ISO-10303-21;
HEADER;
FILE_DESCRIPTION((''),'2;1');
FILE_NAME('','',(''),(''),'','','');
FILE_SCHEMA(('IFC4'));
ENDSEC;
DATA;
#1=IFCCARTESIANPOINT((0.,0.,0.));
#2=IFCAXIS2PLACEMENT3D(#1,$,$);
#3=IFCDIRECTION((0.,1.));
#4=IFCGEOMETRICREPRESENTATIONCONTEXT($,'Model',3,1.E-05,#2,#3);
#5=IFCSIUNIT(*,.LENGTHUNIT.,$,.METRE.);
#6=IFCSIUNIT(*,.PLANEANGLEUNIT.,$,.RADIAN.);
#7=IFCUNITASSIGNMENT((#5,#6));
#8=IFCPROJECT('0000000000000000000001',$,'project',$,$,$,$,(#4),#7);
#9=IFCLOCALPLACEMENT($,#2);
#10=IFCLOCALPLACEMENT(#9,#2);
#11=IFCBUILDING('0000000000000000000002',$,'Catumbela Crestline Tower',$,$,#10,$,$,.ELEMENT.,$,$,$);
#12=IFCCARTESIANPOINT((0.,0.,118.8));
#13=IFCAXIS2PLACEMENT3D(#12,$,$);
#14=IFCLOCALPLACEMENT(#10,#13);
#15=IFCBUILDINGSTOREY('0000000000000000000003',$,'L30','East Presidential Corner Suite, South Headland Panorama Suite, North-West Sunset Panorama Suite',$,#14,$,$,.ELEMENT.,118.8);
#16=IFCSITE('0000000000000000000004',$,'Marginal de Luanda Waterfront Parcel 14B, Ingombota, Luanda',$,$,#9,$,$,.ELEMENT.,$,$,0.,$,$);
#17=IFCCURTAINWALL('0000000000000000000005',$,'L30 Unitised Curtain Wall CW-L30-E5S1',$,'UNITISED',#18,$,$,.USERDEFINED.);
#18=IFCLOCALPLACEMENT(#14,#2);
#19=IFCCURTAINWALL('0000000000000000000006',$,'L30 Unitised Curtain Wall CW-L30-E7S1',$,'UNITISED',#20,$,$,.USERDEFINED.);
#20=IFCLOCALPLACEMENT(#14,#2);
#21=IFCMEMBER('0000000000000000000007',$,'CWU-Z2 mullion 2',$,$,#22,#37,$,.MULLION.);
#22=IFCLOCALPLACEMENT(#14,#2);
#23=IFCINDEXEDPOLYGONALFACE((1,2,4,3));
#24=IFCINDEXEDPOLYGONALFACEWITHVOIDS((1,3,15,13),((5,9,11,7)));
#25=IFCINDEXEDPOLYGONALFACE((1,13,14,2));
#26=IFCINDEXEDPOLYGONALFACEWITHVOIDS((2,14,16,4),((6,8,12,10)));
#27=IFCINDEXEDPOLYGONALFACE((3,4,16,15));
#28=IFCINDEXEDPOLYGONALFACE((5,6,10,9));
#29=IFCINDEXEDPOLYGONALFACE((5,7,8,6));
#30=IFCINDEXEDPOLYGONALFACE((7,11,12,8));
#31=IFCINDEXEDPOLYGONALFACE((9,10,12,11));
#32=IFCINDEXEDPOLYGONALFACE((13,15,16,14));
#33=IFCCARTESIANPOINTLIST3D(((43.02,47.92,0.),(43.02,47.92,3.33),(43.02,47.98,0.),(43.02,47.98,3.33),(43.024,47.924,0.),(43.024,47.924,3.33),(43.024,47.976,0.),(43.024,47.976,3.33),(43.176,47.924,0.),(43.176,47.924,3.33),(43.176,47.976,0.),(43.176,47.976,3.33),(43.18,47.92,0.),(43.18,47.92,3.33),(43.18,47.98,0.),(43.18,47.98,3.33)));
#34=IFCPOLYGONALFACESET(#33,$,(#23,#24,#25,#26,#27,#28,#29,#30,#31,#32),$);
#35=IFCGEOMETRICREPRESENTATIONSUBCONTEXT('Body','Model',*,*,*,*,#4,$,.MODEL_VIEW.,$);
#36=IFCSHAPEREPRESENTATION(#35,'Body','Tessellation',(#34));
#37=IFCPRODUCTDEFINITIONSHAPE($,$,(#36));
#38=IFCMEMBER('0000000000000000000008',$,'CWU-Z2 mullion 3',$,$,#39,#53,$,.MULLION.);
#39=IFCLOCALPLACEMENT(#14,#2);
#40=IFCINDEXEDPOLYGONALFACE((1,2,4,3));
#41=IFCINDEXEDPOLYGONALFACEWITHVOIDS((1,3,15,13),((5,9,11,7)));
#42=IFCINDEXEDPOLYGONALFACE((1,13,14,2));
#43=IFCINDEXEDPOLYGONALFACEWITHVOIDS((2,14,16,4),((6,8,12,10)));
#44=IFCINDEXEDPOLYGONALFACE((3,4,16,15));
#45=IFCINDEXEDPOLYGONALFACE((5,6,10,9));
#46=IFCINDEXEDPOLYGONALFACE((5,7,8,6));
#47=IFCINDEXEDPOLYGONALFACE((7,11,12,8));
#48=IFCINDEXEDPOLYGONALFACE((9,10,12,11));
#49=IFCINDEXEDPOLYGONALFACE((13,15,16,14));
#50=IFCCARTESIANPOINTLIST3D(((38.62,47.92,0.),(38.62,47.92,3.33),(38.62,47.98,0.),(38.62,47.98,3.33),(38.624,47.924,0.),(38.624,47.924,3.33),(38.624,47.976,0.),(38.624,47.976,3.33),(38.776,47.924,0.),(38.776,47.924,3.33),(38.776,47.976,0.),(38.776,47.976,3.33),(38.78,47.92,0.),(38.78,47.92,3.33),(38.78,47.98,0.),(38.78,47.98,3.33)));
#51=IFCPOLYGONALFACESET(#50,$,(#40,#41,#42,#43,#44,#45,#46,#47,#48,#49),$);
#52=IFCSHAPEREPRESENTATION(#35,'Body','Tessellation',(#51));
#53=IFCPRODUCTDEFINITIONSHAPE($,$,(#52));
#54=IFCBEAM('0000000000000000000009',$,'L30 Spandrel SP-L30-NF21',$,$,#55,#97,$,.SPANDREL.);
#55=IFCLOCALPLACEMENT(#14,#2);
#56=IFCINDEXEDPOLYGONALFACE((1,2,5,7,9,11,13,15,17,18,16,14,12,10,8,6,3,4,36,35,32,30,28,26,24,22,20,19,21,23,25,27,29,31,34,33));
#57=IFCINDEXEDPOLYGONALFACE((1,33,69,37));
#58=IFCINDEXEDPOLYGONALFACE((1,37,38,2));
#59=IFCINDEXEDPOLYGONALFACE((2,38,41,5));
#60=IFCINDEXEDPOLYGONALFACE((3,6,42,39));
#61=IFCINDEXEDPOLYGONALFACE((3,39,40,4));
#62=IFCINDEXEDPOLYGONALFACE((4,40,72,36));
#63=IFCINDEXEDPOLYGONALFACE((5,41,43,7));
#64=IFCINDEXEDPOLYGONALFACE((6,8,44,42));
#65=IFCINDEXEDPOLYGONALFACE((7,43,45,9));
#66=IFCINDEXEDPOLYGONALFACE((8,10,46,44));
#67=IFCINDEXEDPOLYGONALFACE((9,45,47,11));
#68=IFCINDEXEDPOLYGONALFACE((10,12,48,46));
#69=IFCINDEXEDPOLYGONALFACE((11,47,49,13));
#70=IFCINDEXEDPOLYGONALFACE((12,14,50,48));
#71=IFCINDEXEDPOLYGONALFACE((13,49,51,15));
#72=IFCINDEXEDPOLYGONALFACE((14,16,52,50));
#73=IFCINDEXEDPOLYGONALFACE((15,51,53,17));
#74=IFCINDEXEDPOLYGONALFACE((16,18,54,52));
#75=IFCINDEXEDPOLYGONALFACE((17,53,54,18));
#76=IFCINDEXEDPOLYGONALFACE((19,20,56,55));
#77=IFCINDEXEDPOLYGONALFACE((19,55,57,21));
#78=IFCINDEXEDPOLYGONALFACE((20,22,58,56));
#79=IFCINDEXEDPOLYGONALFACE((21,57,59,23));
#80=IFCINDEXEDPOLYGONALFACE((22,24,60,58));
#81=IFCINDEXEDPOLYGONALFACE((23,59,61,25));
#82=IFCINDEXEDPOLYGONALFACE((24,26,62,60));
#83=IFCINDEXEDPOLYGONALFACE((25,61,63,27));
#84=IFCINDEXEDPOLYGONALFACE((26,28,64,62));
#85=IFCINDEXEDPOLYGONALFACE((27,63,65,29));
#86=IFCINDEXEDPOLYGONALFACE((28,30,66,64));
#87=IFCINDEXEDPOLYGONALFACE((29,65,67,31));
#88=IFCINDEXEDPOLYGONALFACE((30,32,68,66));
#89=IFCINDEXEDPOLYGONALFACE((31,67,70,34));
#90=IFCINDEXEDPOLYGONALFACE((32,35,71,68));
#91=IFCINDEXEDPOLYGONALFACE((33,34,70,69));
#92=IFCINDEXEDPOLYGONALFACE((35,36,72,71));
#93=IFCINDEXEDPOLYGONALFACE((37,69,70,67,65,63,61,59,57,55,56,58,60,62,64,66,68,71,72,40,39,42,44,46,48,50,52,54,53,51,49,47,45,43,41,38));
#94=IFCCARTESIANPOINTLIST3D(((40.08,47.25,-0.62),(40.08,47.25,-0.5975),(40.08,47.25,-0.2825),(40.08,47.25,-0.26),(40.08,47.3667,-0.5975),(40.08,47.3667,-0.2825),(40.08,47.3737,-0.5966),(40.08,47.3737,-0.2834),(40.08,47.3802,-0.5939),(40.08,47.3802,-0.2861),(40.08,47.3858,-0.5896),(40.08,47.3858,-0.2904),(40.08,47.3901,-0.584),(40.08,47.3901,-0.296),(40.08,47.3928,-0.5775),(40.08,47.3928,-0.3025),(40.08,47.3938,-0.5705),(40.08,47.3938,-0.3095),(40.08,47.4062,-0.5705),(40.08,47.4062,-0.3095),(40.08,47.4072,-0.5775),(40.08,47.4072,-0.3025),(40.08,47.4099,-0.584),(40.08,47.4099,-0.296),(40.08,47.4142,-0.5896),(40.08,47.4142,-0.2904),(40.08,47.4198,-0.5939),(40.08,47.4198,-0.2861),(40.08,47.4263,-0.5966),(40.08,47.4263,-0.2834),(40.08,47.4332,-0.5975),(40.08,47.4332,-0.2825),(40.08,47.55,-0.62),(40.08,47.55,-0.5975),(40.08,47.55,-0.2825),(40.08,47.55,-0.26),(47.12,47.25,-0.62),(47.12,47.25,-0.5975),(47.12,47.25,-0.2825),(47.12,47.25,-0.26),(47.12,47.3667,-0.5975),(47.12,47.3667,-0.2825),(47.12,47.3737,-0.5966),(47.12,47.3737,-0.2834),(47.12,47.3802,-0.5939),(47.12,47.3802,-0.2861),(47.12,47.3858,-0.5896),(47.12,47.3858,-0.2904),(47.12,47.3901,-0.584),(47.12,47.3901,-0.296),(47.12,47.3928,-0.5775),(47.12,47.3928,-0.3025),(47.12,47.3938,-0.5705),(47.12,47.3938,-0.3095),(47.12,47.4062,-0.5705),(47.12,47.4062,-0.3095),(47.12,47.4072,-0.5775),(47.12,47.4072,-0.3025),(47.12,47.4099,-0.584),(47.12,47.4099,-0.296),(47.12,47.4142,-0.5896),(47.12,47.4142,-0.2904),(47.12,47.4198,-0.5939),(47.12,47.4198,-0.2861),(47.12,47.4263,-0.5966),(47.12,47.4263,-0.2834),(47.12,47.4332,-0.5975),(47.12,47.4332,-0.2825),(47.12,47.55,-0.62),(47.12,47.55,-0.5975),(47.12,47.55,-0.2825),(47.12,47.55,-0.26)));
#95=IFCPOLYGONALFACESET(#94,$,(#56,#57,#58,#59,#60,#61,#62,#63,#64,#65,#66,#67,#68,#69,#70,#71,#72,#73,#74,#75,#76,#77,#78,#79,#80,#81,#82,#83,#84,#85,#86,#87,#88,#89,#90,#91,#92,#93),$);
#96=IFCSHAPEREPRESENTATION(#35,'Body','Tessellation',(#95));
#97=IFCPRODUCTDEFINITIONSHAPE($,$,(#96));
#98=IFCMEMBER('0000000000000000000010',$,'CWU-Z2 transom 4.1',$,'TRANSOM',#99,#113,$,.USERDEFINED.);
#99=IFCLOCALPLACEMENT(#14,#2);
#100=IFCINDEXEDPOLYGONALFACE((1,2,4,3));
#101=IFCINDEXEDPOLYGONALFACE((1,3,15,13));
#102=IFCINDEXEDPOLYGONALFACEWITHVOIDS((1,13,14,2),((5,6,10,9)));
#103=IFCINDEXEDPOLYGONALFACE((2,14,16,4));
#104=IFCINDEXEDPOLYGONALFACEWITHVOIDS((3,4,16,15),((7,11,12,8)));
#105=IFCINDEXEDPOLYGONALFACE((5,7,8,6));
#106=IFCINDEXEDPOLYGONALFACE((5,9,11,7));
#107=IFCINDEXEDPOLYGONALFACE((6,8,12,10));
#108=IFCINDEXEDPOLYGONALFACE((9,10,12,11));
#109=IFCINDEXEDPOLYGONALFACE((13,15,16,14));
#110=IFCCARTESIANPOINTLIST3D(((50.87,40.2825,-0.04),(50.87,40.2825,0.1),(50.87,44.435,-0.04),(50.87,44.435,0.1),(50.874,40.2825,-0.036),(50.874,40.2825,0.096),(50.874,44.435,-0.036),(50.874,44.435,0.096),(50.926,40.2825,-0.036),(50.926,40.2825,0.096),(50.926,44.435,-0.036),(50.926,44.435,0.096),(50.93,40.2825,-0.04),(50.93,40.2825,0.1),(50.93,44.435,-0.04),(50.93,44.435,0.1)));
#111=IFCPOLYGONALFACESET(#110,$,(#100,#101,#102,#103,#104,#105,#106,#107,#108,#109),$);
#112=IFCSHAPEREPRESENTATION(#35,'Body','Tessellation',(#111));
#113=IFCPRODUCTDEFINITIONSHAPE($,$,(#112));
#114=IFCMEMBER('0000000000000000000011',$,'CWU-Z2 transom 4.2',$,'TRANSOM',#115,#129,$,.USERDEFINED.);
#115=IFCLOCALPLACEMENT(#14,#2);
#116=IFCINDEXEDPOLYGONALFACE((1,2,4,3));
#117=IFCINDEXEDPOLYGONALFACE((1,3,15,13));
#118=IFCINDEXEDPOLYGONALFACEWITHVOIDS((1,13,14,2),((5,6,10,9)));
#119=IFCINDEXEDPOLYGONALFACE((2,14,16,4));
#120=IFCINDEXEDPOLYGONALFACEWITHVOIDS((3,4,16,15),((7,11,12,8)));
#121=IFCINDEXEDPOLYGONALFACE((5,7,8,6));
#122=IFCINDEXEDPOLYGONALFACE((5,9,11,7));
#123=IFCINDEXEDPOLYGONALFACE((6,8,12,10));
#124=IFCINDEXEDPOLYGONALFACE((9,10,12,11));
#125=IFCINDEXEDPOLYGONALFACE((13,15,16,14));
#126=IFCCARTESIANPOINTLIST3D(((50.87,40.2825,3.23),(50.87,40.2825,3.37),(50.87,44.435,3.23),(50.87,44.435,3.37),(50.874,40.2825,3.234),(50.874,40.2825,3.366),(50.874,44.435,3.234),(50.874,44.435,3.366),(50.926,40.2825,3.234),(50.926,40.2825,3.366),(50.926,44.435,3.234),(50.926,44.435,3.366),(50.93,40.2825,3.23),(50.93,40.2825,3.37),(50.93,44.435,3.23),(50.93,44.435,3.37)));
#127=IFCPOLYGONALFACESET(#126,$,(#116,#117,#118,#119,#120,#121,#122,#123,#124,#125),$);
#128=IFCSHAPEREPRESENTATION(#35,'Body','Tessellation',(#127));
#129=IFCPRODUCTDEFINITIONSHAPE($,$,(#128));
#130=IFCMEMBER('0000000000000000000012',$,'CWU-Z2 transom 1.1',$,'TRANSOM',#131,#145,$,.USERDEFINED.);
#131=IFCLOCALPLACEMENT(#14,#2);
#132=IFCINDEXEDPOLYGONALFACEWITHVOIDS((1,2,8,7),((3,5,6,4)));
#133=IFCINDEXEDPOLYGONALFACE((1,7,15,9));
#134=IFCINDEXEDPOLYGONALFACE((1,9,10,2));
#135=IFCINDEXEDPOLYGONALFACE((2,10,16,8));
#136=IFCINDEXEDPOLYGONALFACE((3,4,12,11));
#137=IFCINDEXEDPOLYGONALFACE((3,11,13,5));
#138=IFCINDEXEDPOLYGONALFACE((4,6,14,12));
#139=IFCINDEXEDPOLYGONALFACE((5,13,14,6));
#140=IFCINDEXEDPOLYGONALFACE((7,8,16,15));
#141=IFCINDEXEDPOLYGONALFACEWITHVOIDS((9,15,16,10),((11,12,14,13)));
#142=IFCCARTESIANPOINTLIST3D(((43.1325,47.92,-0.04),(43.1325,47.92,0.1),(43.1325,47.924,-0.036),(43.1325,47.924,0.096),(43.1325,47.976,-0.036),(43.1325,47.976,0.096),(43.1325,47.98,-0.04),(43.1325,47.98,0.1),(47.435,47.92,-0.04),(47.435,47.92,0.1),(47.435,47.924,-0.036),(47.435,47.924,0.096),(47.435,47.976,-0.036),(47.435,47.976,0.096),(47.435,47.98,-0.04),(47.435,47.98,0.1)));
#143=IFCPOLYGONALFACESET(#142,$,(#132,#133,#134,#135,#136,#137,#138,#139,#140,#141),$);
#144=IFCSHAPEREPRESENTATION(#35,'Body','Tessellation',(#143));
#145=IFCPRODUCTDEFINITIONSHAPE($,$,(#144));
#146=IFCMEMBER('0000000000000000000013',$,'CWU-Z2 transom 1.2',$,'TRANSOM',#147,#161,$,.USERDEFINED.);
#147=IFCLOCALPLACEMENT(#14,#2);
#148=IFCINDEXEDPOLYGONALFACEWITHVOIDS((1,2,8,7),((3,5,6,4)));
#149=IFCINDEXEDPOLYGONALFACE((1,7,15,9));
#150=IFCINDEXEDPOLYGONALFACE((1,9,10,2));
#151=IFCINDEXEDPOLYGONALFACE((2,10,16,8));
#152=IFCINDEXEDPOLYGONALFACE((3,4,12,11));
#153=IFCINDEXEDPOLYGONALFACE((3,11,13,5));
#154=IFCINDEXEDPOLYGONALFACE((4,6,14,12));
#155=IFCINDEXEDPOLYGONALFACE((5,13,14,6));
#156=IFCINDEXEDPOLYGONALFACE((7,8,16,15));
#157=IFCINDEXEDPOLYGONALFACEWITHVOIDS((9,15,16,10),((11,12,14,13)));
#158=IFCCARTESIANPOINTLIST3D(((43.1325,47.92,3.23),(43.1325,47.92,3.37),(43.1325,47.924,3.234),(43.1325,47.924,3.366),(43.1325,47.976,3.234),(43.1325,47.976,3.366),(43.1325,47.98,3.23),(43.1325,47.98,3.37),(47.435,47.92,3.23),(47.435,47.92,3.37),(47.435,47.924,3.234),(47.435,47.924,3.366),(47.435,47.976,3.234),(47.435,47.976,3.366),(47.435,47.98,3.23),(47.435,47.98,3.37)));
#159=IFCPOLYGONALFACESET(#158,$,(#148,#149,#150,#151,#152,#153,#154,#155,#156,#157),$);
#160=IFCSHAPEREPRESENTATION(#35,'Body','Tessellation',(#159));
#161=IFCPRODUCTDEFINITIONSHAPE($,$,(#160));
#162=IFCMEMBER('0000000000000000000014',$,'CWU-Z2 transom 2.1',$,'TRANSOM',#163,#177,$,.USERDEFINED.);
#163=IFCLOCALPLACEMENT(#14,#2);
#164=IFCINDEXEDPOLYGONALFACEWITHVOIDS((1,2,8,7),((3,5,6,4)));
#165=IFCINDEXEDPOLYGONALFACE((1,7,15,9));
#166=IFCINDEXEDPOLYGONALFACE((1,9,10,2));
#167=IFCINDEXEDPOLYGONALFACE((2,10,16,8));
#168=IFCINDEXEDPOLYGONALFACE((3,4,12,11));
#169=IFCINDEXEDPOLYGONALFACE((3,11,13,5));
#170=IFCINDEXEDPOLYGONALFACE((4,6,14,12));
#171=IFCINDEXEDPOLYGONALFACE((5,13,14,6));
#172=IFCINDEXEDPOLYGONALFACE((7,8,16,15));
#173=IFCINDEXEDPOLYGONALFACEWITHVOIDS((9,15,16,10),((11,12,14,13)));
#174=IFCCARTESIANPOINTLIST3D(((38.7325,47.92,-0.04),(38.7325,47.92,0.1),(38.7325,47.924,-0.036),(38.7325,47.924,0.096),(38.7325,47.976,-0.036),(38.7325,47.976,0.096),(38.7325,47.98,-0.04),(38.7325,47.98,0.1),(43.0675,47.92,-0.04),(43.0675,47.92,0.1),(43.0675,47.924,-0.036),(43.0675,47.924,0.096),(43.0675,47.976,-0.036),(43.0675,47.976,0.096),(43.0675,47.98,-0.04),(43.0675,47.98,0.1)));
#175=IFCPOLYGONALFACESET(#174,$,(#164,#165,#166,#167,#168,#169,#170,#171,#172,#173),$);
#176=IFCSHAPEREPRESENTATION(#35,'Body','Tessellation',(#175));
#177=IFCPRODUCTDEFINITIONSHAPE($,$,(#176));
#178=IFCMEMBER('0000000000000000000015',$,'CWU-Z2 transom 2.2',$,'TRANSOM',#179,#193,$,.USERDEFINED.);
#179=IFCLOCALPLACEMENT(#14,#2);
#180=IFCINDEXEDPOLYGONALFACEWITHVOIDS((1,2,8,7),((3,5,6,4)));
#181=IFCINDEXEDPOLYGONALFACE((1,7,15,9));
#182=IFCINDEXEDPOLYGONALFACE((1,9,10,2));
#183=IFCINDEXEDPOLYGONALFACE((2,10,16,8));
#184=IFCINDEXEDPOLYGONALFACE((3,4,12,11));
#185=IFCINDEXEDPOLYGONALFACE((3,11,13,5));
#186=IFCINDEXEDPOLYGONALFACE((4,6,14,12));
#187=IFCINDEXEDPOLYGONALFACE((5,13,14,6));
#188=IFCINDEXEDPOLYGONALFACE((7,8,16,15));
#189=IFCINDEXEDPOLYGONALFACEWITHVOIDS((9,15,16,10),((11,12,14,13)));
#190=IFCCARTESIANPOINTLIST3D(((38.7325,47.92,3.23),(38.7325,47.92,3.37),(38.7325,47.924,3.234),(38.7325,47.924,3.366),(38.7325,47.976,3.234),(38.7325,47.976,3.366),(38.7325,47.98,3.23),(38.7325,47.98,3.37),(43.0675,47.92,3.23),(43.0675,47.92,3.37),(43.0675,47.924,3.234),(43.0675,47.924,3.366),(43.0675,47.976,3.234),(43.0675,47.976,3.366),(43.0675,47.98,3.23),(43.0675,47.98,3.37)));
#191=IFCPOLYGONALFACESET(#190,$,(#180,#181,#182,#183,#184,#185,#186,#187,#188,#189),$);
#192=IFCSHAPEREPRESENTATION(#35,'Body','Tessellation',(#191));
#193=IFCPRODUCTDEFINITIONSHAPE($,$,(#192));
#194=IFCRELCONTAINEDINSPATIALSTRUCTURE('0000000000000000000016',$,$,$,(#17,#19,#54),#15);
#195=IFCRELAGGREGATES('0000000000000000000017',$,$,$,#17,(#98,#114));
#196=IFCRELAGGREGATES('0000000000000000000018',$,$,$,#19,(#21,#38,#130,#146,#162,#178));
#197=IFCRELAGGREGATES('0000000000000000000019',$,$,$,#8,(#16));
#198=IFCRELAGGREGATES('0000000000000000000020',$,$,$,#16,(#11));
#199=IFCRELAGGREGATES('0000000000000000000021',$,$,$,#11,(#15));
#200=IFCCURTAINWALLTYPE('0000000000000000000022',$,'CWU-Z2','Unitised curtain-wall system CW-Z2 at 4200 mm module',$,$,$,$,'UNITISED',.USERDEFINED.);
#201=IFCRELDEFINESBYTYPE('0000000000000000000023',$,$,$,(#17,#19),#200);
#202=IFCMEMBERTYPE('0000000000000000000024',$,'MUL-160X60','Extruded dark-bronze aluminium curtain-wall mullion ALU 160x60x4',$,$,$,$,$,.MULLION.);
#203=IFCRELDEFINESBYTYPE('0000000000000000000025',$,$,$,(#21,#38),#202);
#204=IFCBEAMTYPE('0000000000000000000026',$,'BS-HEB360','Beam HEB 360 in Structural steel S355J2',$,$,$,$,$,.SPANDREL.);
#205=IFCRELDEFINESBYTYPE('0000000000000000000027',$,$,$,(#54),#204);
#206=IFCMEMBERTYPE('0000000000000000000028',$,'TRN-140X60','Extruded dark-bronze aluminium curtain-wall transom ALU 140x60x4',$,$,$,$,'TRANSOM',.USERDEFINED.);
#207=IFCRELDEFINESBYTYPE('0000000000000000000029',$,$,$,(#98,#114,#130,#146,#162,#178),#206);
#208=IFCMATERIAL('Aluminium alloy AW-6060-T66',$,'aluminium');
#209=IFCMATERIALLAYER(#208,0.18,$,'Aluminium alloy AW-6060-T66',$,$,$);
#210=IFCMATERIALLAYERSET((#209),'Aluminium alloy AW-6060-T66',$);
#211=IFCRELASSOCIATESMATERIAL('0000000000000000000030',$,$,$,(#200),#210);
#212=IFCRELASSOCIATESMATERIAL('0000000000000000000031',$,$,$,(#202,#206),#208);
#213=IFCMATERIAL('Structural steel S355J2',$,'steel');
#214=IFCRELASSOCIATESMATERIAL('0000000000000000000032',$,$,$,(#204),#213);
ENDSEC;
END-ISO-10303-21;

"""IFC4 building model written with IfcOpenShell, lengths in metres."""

from ifc_helpers import new_model, si_unit, direction, frame, origin, origin_2d, place, context, subcontext, project, spatial, hollow_rectangle, i_section, extrude, material, layer, layer_set, material_profile, profile_set, type_object, element, aggregate, save


model = new_model("IFC4")

# Units and contexts
model_context = context("Model", 3, precision=1e-05, world=origin(), true_north=direction((0.0, 1.0)))
body_context = subcontext(model_context, "Body", "Model", "MODEL_VIEW")
ifc_project = project(units=[si_unit("LENGTHUNIT", "METRE"), si_unit("PLANEANGLEUNIT", "RADIAN")], contexts=[model_context])

# Site, building, storey
site_placement = place(None, origin())
site = spatial("IfcSite", under=ifc_project, at=site_placement, Name="Marginal de Luanda Waterfront Parcel 14B, Ingombota, Luanda", CompositionType="ELEMENT", RefElevation=0.0)
building_placement = place(site_placement, origin())
building = spatial("IfcBuilding", under=site, at=building_placement, Name="Catumbela Crestline Tower", CompositionType="ELEMENT")
storey_placement = place(building_placement, frame((0.0, 0.0, 118.8)))
storey = spatial("IfcBuildingStorey", under=building, at=storey_placement, Name="L30", Description="East Presidential Corner Suite, South Headland Panorama Suite, North-West Sunset Panorama Suite", CompositionType="ELEMENT", Elevation=118.8)

# Curtain walls, members
ifc_material_1 = material(Name="Aluminium alloy AW-6060-T66", Category="aluminium")
ifc_layer_1 = layer(ifc_material_1, 0.18, Name="Aluminium alloy AW-6060-T66")
ifc_layer_set_1 = layer_set([ifc_layer_1], Name="Aluminium alloy AW-6060-T66")
curtain_wall_type = type_object("IfcCurtainWallType", Name="CWU-Z2", Description="Unitised curtain-wall system CW-Z2 at 4200 mm module", ElementType="UNITISED", PredefinedType="USERDEFINED", material=ifc_layer_set_1)
curtain_wall_1_placement = place(storey_placement, origin())
curtain_wall_1 = element("IfcCurtainWall", 1, at=curtain_wall_1_placement, inside=storey, type_object=curtain_wall_type, Name="L30 Unitised Curtain Wall CW-L30-E5S1", ObjectType="UNITISED", PredefinedType="USERDEFINED")
ifc_material_profile_1 = material_profile(ifc_material_1, hollow_rectangle(XDim=0.06, YDim=0.16, WallThickness=0.004, at=origin_2d()), Name="ALU 160x60x4")
ifc_profile_set_1 = profile_set([ifc_material_profile_1], Name="Aluminium alloy AW-6060-T66")
member_type_1 = type_object("IfcMemberType", Name="MUL-160X60", Description="Extruded dark-bronze aluminium curtain-wall mullion ALU 160x60x4", PredefinedType="MULLION", material=ifc_profile_set_1)
curtain_wall_2_placement = place(storey_placement, origin())
curtain_wall_2 = element("IfcCurtainWall", 2, at=curtain_wall_2_placement, inside=storey, type_object=curtain_wall_type, Name="L30 Unitised Curtain Wall CW-L30-E7S1", ObjectType="UNITISED", PredefinedType="USERDEFINED")
member_1_placement = place(storey_placement, frame((43.1, 47.95, 0.0), z_axis=(0.0, 0.0, 1.0), x_axis=(0.0, -1.0, 0.0)))
member_1 = element("IfcMember", 3, at=member_1_placement, type_object=member_type_1, Name="CWU-Z2 mullion 2", PredefinedType="MULLION", context=body_context, shape_type="SweptSolid", body=[
    extrude(hollow_rectangle(XDim=0.06, YDim=0.16, WallThickness=0.004, at=origin_2d()), origin(), (0.0, 0.0, 1.0), 3.33),
])
member_2_placement = place(storey_placement, frame((38.7, 47.95, 0.0), z_axis=(0.0, 0.0, 1.0), x_axis=(0.0, -1.0, 0.0)))
member_2 = element("IfcMember", 4, at=member_2_placement, type_object=member_type_1, Name="CWU-Z2 mullion 3", PredefinedType="MULLION", context=body_context, shape_type="SweptSolid", body=[
    extrude(hollow_rectangle(XDim=0.06, YDim=0.16, WallThickness=0.004, at=origin_2d()), origin(), (0.0, 0.0, 1.0), 3.33),
])

# Beam
ifc_material_2 = material(Name="Structural steel S355J2", Category="steel")
ifc_material_profile_2 = material_profile(ifc_material_2, i_section(OverallWidth=0.3, OverallDepth=0.36, WebThickness=0.0125, FlangeThickness=0.0225, FilletRadius=0.027, at=origin_2d()), Name="HEB 360")
ifc_profile_set_2 = profile_set([ifc_material_profile_2], Name="Structural steel S355J2")
beam_type = type_object("IfcBeamType", Name="BS-HEB360", Description="Beam HEB 360 in Structural steel S355J2", PredefinedType="SPANDREL", material=ifc_profile_set_2)
beam_placement = place(storey_placement, frame((40.08, 47.4, -0.44), z_axis=(1.0, 0.0, 0.0), x_axis=(0.0, 1.0, 0.0)))
element("IfcBeam", 5, at=beam_placement, inside=storey, type_object=beam_type, Name="L30 Spandrel SP-L30-NF21", PredefinedType="SPANDREL", context=body_context, shape_type="SweptSolid", body=[
    extrude(i_section(OverallWidth=0.3, OverallDepth=0.36, WebThickness=0.0125, FlangeThickness=0.0225, FilletRadius=0.027, at=origin_2d()), origin(), (0.0, 0.0, 1.0), 7.04),
])

# Members
ifc_material_profile_3 = material_profile(ifc_material_1, hollow_rectangle(XDim=0.06, YDim=0.14, WallThickness=0.004, at=origin_2d()), Name="ALU 140x60x4")
ifc_profile_set_3 = profile_set([ifc_material_profile_3], Name="Aluminium alloy AW-6060-T66")
member_type_2 = type_object("IfcMemberType", Name="TRN-140X60", Description="Extruded dark-bronze aluminium curtain-wall transom ALU 140x60x4", ElementType="TRANSOM", PredefinedType="USERDEFINED", material=ifc_profile_set_3)
member_3_placement = place(storey_placement, frame((50.9, 40.2825, 0.03), z_axis=(0.0, 1.0, 0.0), x_axis=(-1.0, 0.0, 0.0)))
member_3 = element("IfcMember", 6, at=member_3_placement, type_object=member_type_2, Name="CWU-Z2 transom 4.1", ObjectType="TRANSOM", PredefinedType="USERDEFINED", context=body_context, shape_type="SweptSolid", body=[
    extrude(hollow_rectangle(XDim=0.06, YDim=0.14, WallThickness=0.004, at=origin_2d()), origin(), (0.0, 0.0, 1.0), 4.1525),
])
member_4_placement = place(storey_placement, frame((50.9, 40.2825, 3.3), z_axis=(0.0, 1.0, 0.0), x_axis=(-1.0, 0.0, 0.0)))
member_4 = element("IfcMember", 7, at=member_4_placement, type_object=member_type_2, Name="CWU-Z2 transom 4.2", ObjectType="TRANSOM", PredefinedType="USERDEFINED", context=body_context, shape_type="SweptSolid", body=[
    extrude(hollow_rectangle(XDim=0.06, YDim=0.14, WallThickness=0.004, at=origin_2d()), origin(), (0.0, 0.0, 1.0), 4.1525),
])
member_5_placement = place(storey_placement, frame((47.435, 47.95, 0.03), z_axis=(-1.0, 0.0, 0.0), x_axis=(0.0, -1.0, 0.0)))
member_5 = element("IfcMember", 8, at=member_5_placement, type_object=member_type_2, Name="CWU-Z2 transom 1.1", ObjectType="TRANSOM", PredefinedType="USERDEFINED", context=body_context, shape_type="SweptSolid", body=[
    extrude(hollow_rectangle(XDim=0.06, YDim=0.14, WallThickness=0.004, at=origin_2d()), origin(), (0.0, 0.0, 1.0), 4.3025),
])
member_6_placement = place(storey_placement, frame((47.435, 47.95, 3.3), z_axis=(-1.0, 0.0, 0.0), x_axis=(0.0, -1.0, 0.0)))
member_6 = element("IfcMember", 9, at=member_6_placement, type_object=member_type_2, Name="CWU-Z2 transom 1.2", ObjectType="TRANSOM", PredefinedType="USERDEFINED", context=body_context, shape_type="SweptSolid", body=[
    extrude(hollow_rectangle(XDim=0.06, YDim=0.14, WallThickness=0.004, at=origin_2d()), origin(), (0.0, 0.0, 1.0), 4.3025),
])
member_7_placement = place(storey_placement, frame((43.0675, 47.95, 0.03), z_axis=(-1.0, 0.0, 0.0), x_axis=(0.0, -1.0, 0.0)))
member_7 = element("IfcMember", 10, at=member_7_placement, type_object=member_type_2, Name="CWU-Z2 transom 2.1", ObjectType="TRANSOM", PredefinedType="USERDEFINED", context=body_context, shape_type="SweptSolid", body=[
    extrude(hollow_rectangle(XDim=0.06, YDim=0.14, WallThickness=0.004, at=origin_2d()), origin(), (0.0, 0.0, 1.0), 4.335),
])
member_8_placement = place(storey_placement, frame((43.0675, 47.95, 3.3), z_axis=(-1.0, 0.0, 0.0), x_axis=(0.0, -1.0, 0.0)))
member_8 = element("IfcMember", 11, at=member_8_placement, type_object=member_type_2, Name="CWU-Z2 transom 2.2", ObjectType="TRANSOM", PredefinedType="USERDEFINED", context=body_context, shape_type="SweptSolid", body=[
    extrude(hollow_rectangle(XDim=0.06, YDim=0.14, WallThickness=0.004, at=origin_2d()), origin(), (0.0, 0.0, 1.0), 4.335),
])

aggregate(curtain_wall_1, [member_3, member_4])
aggregate(curtain_wall_2, [member_1, member_2, member_5, member_6, member_7, member_8])

save(model, "model.ifc")
